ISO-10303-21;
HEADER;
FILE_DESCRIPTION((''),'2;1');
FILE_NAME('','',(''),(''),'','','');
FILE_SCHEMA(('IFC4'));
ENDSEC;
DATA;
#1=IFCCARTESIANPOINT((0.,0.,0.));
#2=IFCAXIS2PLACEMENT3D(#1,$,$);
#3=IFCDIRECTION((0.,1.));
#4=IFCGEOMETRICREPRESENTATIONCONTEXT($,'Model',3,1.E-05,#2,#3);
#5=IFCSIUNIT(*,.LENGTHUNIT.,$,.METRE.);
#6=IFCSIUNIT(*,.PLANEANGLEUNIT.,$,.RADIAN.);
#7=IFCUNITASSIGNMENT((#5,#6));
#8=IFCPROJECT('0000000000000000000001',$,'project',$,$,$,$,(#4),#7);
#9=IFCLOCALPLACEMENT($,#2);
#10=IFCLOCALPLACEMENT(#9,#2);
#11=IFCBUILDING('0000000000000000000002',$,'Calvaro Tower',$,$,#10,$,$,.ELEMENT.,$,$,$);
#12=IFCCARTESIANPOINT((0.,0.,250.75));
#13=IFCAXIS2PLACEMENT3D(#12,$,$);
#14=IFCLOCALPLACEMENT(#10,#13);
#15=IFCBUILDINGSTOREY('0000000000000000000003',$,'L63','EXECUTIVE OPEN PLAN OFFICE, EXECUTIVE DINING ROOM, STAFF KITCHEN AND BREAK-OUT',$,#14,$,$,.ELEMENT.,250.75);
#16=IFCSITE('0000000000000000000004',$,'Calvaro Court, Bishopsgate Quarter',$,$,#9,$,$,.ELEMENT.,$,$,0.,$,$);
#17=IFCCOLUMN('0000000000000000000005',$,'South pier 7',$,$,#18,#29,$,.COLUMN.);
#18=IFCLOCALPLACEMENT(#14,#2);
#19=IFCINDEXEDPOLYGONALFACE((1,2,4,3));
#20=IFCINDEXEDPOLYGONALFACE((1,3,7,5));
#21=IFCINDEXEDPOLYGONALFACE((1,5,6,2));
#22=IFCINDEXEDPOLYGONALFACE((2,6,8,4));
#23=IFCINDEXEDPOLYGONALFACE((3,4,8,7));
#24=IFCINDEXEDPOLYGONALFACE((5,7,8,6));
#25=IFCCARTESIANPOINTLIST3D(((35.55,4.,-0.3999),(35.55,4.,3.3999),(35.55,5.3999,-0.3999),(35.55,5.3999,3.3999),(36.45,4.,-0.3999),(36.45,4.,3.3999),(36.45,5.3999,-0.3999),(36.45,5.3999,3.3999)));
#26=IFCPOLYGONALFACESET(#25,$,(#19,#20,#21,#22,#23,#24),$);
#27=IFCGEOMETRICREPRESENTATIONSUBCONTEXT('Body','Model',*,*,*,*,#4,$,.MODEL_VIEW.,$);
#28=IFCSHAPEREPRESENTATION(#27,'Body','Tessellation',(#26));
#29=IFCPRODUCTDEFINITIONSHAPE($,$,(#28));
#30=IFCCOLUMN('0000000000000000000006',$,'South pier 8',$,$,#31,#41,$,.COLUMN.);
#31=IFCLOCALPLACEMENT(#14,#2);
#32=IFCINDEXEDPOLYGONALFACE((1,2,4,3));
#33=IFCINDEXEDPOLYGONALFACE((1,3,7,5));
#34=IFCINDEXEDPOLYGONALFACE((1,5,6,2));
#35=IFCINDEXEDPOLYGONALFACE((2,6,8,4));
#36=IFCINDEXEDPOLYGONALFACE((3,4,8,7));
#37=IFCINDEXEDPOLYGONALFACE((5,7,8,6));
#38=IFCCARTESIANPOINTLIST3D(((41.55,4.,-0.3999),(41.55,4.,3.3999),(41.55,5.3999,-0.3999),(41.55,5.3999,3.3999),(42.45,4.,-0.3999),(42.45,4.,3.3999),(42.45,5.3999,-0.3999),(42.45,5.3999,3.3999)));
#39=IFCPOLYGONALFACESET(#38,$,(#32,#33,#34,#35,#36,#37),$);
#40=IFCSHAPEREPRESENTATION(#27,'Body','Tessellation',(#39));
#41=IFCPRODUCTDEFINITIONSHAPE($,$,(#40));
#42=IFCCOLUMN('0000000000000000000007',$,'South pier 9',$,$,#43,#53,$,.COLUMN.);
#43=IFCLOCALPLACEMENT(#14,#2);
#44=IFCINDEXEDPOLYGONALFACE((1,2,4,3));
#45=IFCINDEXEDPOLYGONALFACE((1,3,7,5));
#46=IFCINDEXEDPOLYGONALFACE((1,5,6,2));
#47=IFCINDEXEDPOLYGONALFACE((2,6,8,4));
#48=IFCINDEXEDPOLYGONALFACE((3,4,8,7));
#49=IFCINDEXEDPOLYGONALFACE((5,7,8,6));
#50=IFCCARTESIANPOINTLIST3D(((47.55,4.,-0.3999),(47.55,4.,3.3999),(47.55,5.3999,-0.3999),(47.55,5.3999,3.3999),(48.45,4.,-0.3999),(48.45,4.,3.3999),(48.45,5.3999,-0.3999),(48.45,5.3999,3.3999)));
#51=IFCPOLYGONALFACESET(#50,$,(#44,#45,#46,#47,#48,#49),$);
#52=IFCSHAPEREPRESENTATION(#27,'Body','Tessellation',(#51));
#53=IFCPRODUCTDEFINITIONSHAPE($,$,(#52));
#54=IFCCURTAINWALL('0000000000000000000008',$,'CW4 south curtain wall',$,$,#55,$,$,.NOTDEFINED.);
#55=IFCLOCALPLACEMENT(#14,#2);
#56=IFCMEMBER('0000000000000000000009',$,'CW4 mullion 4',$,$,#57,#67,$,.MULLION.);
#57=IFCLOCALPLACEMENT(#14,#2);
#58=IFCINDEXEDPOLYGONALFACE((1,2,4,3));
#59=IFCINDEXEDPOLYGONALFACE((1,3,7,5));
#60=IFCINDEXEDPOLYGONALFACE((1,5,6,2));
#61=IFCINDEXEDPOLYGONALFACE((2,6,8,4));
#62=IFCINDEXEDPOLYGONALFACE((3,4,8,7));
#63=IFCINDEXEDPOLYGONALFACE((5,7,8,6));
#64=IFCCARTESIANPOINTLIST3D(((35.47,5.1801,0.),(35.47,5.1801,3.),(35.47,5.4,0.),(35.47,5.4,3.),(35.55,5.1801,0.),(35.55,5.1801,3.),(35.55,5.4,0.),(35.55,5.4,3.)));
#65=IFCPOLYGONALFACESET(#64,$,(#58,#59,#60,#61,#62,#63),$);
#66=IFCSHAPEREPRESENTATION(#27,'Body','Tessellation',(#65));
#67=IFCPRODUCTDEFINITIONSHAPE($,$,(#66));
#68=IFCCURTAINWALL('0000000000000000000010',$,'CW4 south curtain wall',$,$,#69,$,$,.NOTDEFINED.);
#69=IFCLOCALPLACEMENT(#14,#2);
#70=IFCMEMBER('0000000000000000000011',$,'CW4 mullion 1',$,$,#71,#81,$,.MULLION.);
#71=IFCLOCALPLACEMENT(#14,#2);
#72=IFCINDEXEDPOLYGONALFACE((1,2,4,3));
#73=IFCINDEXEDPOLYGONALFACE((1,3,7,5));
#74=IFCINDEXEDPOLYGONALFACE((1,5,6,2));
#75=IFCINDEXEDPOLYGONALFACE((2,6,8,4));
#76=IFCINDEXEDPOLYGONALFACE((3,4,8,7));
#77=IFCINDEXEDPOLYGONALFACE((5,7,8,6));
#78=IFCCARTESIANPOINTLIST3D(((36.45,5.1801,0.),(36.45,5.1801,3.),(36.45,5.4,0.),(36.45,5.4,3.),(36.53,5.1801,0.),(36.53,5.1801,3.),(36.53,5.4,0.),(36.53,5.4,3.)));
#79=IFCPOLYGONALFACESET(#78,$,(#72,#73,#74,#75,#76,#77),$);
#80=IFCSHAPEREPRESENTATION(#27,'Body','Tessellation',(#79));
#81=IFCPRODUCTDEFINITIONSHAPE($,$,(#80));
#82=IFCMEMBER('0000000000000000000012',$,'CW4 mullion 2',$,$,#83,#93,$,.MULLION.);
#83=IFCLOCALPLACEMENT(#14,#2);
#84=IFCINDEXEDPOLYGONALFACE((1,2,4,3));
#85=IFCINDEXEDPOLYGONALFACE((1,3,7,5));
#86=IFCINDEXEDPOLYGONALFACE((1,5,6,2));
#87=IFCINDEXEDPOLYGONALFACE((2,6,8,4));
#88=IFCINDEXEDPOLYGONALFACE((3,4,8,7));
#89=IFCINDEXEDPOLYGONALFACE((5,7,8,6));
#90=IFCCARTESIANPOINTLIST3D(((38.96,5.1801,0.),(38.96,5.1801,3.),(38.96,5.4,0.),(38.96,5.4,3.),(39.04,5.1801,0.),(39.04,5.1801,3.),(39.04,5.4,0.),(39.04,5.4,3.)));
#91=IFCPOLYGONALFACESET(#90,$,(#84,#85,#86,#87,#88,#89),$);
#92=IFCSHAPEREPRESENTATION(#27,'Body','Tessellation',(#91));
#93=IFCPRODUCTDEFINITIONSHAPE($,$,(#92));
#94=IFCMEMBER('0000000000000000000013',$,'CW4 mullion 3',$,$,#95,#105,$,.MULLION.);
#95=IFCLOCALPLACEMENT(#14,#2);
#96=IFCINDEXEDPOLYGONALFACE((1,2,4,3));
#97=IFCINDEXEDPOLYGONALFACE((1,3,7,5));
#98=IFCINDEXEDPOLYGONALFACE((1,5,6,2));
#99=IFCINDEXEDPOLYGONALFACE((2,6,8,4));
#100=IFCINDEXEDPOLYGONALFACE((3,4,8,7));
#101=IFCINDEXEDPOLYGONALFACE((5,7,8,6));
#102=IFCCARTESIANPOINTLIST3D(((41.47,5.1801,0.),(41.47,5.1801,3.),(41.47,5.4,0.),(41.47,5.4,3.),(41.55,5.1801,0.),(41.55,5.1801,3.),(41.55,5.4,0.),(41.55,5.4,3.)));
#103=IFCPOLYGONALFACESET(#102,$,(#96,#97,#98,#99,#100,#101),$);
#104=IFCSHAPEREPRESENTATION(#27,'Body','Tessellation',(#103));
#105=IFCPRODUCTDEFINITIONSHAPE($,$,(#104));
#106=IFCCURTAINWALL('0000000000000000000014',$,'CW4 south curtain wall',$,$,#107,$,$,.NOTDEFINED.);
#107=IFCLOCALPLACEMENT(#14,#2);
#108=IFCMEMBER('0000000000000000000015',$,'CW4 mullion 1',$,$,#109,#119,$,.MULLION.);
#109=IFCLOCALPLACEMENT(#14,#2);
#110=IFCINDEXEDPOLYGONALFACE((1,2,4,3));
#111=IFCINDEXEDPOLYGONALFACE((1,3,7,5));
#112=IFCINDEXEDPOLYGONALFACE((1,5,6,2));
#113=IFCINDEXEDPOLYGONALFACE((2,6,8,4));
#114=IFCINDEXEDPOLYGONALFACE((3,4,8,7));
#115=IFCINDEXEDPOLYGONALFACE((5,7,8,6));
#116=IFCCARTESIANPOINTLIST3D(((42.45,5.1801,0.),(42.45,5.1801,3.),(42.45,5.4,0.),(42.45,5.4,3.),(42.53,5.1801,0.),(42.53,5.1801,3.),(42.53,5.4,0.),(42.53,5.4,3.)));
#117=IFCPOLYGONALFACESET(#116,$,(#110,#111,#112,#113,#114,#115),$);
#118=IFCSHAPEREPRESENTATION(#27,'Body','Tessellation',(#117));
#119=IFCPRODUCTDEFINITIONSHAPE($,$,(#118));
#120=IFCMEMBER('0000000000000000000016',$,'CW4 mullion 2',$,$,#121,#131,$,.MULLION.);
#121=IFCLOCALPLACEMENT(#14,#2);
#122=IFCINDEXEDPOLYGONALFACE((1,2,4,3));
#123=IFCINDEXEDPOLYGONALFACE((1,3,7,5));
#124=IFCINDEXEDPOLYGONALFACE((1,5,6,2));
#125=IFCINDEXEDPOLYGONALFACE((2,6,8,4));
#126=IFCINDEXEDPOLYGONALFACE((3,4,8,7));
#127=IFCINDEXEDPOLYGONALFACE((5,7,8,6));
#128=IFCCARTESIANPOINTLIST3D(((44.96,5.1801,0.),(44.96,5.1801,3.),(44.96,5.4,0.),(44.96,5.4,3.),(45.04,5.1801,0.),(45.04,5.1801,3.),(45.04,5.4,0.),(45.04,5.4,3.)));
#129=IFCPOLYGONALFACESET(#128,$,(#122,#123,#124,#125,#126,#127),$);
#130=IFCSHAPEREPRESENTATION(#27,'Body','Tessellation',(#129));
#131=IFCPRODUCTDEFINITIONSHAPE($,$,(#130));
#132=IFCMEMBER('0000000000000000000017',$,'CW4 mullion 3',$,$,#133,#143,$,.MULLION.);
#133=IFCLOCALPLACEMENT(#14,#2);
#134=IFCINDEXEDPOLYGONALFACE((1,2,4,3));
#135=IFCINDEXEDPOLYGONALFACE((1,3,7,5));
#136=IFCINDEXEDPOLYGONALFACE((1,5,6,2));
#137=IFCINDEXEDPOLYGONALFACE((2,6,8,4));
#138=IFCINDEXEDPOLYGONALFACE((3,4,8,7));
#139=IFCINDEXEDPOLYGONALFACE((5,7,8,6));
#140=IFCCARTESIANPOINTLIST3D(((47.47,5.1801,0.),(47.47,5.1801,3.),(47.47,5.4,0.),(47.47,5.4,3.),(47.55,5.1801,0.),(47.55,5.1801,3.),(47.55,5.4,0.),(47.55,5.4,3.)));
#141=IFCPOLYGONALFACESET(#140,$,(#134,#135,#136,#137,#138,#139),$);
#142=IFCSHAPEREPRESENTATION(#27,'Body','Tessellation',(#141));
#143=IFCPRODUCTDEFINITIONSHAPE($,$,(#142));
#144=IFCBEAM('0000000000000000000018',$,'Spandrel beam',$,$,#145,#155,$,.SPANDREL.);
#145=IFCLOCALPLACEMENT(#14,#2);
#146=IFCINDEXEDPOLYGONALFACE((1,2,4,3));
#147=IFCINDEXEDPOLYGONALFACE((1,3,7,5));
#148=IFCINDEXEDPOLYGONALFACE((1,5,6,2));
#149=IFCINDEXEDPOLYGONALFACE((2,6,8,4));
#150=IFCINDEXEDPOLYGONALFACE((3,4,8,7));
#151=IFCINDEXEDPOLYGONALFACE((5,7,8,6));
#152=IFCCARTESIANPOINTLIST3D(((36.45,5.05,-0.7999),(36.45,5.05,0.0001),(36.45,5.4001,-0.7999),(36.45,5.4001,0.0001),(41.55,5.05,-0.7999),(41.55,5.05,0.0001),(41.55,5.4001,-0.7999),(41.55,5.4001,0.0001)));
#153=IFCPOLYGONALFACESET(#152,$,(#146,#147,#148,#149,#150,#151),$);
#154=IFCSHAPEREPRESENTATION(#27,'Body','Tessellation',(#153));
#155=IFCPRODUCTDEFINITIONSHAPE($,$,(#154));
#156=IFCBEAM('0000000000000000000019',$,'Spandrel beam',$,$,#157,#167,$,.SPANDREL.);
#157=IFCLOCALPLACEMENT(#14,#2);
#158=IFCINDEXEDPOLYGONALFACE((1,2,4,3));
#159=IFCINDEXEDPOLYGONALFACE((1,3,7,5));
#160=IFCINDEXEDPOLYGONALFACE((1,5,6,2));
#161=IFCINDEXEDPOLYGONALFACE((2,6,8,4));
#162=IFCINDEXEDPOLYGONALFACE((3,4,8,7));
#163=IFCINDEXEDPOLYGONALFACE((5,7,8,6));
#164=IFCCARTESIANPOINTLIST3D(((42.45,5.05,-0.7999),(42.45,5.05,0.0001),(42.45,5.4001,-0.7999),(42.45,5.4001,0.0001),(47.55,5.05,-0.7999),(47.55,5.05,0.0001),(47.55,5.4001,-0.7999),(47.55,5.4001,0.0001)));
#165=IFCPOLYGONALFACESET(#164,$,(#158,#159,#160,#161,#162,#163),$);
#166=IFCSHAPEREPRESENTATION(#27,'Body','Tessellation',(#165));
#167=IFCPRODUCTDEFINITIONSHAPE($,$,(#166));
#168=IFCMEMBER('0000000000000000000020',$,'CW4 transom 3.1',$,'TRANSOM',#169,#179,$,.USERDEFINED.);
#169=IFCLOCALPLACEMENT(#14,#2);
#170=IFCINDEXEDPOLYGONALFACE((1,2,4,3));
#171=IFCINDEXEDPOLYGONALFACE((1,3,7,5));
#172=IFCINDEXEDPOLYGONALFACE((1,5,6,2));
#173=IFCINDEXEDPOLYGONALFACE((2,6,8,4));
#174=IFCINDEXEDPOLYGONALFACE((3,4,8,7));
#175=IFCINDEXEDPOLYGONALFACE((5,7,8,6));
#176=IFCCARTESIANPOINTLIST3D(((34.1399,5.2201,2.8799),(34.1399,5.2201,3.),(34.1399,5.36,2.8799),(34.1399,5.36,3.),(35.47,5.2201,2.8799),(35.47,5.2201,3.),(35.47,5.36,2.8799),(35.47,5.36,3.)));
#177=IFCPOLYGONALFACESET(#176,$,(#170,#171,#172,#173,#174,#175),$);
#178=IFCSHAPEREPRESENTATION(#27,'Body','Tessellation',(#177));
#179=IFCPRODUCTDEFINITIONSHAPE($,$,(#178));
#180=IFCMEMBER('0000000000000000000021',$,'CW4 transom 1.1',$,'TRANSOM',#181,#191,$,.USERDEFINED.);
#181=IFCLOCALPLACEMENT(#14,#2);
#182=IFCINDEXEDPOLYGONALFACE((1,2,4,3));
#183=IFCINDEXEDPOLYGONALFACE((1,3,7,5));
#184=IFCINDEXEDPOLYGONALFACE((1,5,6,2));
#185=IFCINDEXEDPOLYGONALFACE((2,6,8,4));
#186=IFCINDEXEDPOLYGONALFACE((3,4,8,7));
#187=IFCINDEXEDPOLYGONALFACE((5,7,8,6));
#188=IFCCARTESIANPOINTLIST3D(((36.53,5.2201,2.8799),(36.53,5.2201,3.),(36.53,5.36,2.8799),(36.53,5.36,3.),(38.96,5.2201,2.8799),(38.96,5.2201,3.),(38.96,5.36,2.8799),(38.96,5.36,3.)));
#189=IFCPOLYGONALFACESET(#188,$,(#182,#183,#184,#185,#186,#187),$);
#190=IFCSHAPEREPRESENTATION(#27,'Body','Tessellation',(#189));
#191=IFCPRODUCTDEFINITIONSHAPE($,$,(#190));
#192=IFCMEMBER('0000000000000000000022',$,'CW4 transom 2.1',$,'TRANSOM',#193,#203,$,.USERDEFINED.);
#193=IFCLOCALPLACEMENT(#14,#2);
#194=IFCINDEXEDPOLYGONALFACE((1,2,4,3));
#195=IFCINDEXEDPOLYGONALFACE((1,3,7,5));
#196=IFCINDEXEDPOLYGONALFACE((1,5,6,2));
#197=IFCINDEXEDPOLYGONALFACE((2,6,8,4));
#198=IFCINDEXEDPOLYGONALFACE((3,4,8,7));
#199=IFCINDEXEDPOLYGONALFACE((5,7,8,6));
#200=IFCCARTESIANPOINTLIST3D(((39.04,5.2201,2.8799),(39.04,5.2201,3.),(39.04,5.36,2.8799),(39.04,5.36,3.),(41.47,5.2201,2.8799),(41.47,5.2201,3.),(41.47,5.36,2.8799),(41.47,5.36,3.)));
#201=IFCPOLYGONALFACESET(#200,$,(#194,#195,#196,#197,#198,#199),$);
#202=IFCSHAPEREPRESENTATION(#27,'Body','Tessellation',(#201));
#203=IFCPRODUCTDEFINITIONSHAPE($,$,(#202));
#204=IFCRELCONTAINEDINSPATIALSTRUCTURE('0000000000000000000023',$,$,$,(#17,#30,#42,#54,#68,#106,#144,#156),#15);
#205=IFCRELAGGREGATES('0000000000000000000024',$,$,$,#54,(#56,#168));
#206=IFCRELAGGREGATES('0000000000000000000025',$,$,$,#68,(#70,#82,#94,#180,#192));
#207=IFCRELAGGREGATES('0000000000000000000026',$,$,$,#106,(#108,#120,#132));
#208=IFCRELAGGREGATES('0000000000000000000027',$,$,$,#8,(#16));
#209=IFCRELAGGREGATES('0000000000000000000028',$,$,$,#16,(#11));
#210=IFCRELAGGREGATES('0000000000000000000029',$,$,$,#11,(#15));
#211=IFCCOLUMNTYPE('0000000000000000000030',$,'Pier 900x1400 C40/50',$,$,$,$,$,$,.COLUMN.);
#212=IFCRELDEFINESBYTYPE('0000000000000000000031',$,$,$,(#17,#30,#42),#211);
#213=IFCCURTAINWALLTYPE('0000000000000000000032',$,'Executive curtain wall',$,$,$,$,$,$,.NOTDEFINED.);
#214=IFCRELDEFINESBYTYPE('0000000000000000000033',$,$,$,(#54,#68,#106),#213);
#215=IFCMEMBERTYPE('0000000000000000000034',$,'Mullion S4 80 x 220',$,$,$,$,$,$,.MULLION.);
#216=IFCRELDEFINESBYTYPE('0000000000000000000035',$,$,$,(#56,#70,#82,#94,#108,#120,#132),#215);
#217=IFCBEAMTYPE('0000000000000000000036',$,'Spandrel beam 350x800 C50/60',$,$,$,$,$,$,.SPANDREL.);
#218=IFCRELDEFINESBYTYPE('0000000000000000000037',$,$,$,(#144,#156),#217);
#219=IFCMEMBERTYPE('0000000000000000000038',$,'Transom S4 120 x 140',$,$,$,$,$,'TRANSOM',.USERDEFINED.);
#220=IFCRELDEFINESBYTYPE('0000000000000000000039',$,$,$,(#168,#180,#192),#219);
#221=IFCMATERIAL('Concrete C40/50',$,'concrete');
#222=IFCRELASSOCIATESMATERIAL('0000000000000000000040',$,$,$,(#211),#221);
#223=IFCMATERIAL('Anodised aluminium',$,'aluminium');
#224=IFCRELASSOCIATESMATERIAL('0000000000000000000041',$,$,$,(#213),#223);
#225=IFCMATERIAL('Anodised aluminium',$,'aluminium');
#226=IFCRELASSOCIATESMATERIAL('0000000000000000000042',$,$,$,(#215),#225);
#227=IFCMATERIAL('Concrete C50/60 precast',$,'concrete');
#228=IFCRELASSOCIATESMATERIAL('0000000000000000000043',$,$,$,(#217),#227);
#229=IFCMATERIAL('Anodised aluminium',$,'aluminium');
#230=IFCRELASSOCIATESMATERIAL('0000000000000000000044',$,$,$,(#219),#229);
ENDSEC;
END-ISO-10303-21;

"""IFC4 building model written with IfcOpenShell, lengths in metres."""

from ifc_helpers import new_model, si_unit, direction, frame, origin, origin_2d, place, context, subcontext, project, spatial, rectangle, extrude, material, material_profile, profile_set, type_object, element, aggregate, save


model = new_model("IFC4")

# Units and contexts
model_context = context("Model", 3, precision=1e-05, world=origin(), true_north=direction((0.0, 1.0)))
body_context = subcontext(model_context, "Body", "Model", "MODEL_VIEW")
ifc_project = project(units=[si_unit("LENGTHUNIT", "METRE"), si_unit("PLANEANGLEUNIT", "RADIAN")], contexts=[model_context])

# Site, building, storey
site_placement = place(None, origin())
site = spatial("IfcSite", under=ifc_project, at=site_placement, Name="Calvaro Court, Bishopsgate Quarter", CompositionType="ELEMENT", RefElevation=0.0)
building_placement = place(site_placement, origin())
building = spatial("IfcBuilding", under=site, at=building_placement, Name="Calvaro Tower", CompositionType="ELEMENT")
storey_placement = place(building_placement, frame((0.0, 0.0, 250.75)))
storey = spatial("IfcBuildingStorey", under=building, at=storey_placement, Name="L63", Description="EXECUTIVE OPEN PLAN OFFICE, EXECUTIVE DINING ROOM, STAFF KITCHEN AND BREAK-OUT", CompositionType="ELEMENT", Elevation=250.75)

# Columns
ifc_material_1 = material(Name="Concrete C40/50", Category="concrete")
ifc_material_profile_1 = material_profile(ifc_material_1, rectangle(XDim=0.8999, YDim=1.3999, at=origin_2d()), Name="RC 900x1400")
ifc_profile_set_1 = profile_set([ifc_material_profile_1], Name="Concrete C40/50")
column_type = type_object("IfcColumnType", Name="Pier 900x1400 C40/50", PredefinedType="COLUMN", material=ifc_profile_set_1)
for number, where, z_axis, x_axis, name in (
    (1, (36.0, 4.7, -0.3999), (0.0, 0.0, 1.0), (1.0, 0.0, 0.0), "South pier 7"),
    (2, (42.0, 4.7, -0.3999), (0.0, 0.0, 1.0), (1.0, 0.0, 0.0), "South pier 8"),
    (3, (48.0, 4.7, -0.3999), (0.0, 0.0, 1.0), (1.0, 0.0, 0.0), "South pier 9"),
):
    element("IfcColumn", number, at=place(storey_placement, frame(where, z_axis=z_axis, x_axis=x_axis)), inside=storey, type_object=column_type, Name=name, PredefinedType="COLUMN", context=body_context, shape_type="SweptSolid", body=[
        extrude(rectangle(XDim=0.8999, YDim=1.3999, at=origin_2d()), origin(), (0.0, 0.0, 1.0), 3.7998),
    ])

# Curtain wall, member
ifc_material_2 = material(Name="Anodised aluminium", Category="aluminium")
curtain_wall_type = type_object("IfcCurtainWallType", Name="Executive curtain wall", PredefinedType="NOTDEFINED", material=ifc_material_2)
curtain_wall_1_placement = place(storey_placement, origin())
curtain_wall_1 = element("IfcCurtainWall", 4, at=curtain_wall_1_placement, inside=storey, type_object=curtain_wall_type, Name="CW4 south curtain wall", PredefinedType="NOTDEFINED")
ifc_material_3 = material(Name="Anodised aluminium", Category="aluminium")
ifc_material_profile_2 = material_profile(ifc_material_3, rectangle(XDim=0.22, YDim=0.0801, at=origin_2d()), Name="Mullion S4 80 x 220")
ifc_profile_set_2 = profile_set([ifc_material_profile_2], Name="Anodised aluminium")
member_type_1 = type_object("IfcMemberType", Name="Mullion S4 80 x 220", PredefinedType="MULLION", material=ifc_profile_set_2)
member_1_placement = place(storey_placement, frame((35.51, 5.29, 0.0), z_axis=(0.0, 0.0, 1.0), x_axis=(0.0, 1.0, 0.0)))
member_1 = element("IfcMember", 5, at=member_1_placement, type_object=member_type_1, Name="CW4 mullion 4", PredefinedType="MULLION", context=body_context, shape_type="SweptSolid", body=[
    extrude(rectangle(XDim=0.22, YDim=0.0801, at=origin_2d()), origin(), (0.0, 0.0, 1.0), 3.0),
])

# Curtain walls, members
curtain_wall_2_placement = place(storey_placement, origin())
curtain_wall_2 = element("IfcCurtainWall", 6, at=curtain_wall_2_placement, inside=storey, type_object=curtain_wall_type, Name="CW4 south curtain wall", PredefinedType="NOTDEFINED")
member_2_placement = place(storey_placement, frame((36.49, 5.29, 0.0), z_axis=(0.0, 0.0, 1.0), x_axis=(0.0, 1.0, 0.0)))
member_2 = element("IfcMember", 7, at=member_2_placement, type_object=member_type_1, Name="CW4 mullion 1", PredefinedType="MULLION", context=body_context, shape_type="SweptSolid", body=[
    extrude(rectangle(XDim=0.22, YDim=0.0801, at=origin_2d()), origin(), (0.0, 0.0, 1.0), 3.0),
])
member_3_placement = place(storey_placement, frame((39.0, 5.29, 0.0), z_axis=(0.0, 0.0, 1.0), x_axis=(0.0, 1.0, 0.0)))
member_3 = element("IfcMember", 8, at=member_3_placement, type_object=member_type_1, Name="CW4 mullion 2", PredefinedType="MULLION", context=body_context, shape_type="SweptSolid", body=[
    extrude(rectangle(XDim=0.22, YDim=0.0801, at=origin_2d()), origin(), (0.0, 0.0, 1.0), 3.0),
])
member_4_placement = place(storey_placement, frame((41.51, 5.29, 0.0), z_axis=(0.0, 0.0, 1.0), x_axis=(0.0, 1.0, 0.0)))
member_4 = element("IfcMember", 9, at=member_4_placement, type_object=member_type_1, Name="CW4 mullion 3", PredefinedType="MULLION", context=body_context, shape_type="SweptSolid", body=[
    extrude(rectangle(XDim=0.22, YDim=0.0801, at=origin_2d()), origin(), (0.0, 0.0, 1.0), 3.0),
])
curtain_wall_3_placement = place(storey_placement, origin())
curtain_wall_3 = element("IfcCurtainWall", 10, at=curtain_wall_3_placement, inside=storey, type_object=curtain_wall_type, Name="CW4 south curtain wall", PredefinedType="NOTDEFINED")
member_5_placement = place(storey_placement, frame((42.49, 5.29, 0.0), z_axis=(0.0, 0.0, 1.0), x_axis=(0.0, 1.0, 0.0)))
member_5 = element("IfcMember", 11, at=member_5_placement, type_object=member_type_1, Name="CW4 mullion 1", PredefinedType="MULLION", context=body_context, shape_type="SweptSolid", body=[
    extrude(rectangle(XDim=0.22, YDim=0.0801, at=origin_2d()), origin(), (0.0, 0.0, 1.0), 3.0),
])
member_6_placement = place(storey_placement, frame((45.0, 5.29, 0.0), z_axis=(0.0, 0.0, 1.0), x_axis=(0.0, 1.0, 0.0)))
member_6 = element("IfcMember", 12, at=member_6_placement, type_object=member_type_1, Name="CW4 mullion 2", PredefinedType="MULLION", context=body_context, shape_type="SweptSolid", body=[
    extrude(rectangle(XDim=0.22, YDim=0.0801, at=origin_2d()), origin(), (0.0, 0.0, 1.0), 3.0),
])
member_7_placement = place(storey_placement, frame((47.51, 5.29, 0.0), z_axis=(0.0, 0.0, 1.0), x_axis=(0.0, 1.0, 0.0)))
member_7 = element("IfcMember", 13, at=member_7_placement, type_object=member_type_1, Name="CW4 mullion 3", PredefinedType="MULLION", context=body_context, shape_type="SweptSolid", body=[
    extrude(rectangle(XDim=0.22, YDim=0.0801, at=origin_2d()), origin(), (0.0, 0.0, 1.0), 3.0),
])

# Beams
ifc_material_4 = material(Name="Concrete C50/60 precast", Category="concrete")
ifc_material_profile_3 = material_profile(ifc_material_4, rectangle(XDim=0.3501, YDim=0.8, at=origin_2d()), Name="RC 350x800")
ifc_profile_set_3 = profile_set([ifc_material_profile_3], Name="Concrete C50/60 precast")
beam_type = type_object("IfcBeamType", Name="Spandrel beam 350x800 C50/60", PredefinedType="SPANDREL", material=ifc_profile_set_3)
for number, where, z_axis, x_axis, name in (
    (14, (36.45, 5.2251, -0.3999), (1.0, 0.0, 0.0), (0.0, 1.0, 0.0), "Spandrel beam"),
    (15, (42.45, 5.2251, -0.3999), (1.0, 0.0, 0.0), (0.0, 1.0, 0.0), "Spandrel beam"),
):
    element("IfcBeam", number, at=place(storey_placement, frame(where, z_axis=z_axis, x_axis=x_axis)), inside=storey, type_object=beam_type, Name=name, PredefinedType="SPANDREL", context=body_context, shape_type="SweptSolid", body=[
        extrude(rectangle(XDim=0.3501, YDim=0.8, at=origin_2d()), origin(), (0.0, 0.0, 1.0), 5.1001),
    ])

# Members
ifc_material_5 = material(Name="Anodised aluminium", Category="aluminium")
ifc_material_profile_4 = material_profile(ifc_material_5, rectangle(XDim=0.1399, YDim=0.1201, at=origin_2d()), Name="Transom S4 120 x 140")
ifc_profile_set_4 = profile_set([ifc_material_profile_4], Name="Anodised aluminium")
member_type_2 = type_object("IfcMemberType", Name="Transom S4 120 x 140", ElementType="TRANSOM", PredefinedType="USERDEFINED", material=ifc_profile_set_4)
member_8_placement = place(storey_placement, frame((34.1399, 5.29, 2.9399), z_axis=(1.0, 0.0, 0.0), x_axis=(0.0, 1.0, 0.0)))
member_8 = element("IfcMember", 16, at=member_8_placement, type_object=member_type_2, Name="CW4 transom 3.1", ObjectType="TRANSOM", PredefinedType="USERDEFINED", context=body_context, shape_type="SweptSolid", body=[
    extrude(rectangle(XDim=0.1399, YDim=0.1201, at=origin_2d()), origin(), (0.0, 0.0, 1.0), 1.3301),
])
member_9_placement = place(storey_placement, frame((36.53, 5.29, 2.9399), z_axis=(1.0, 0.0, 0.0), x_axis=(0.0, 1.0, 0.0)))
member_9 = element("IfcMember", 17, at=member_9_placement, type_object=member_type_2, Name="CW4 transom 1.1", ObjectType="TRANSOM", PredefinedType="USERDEFINED", context=body_context, shape_type="SweptSolid", body=[
    extrude(rectangle(XDim=0.1399, YDim=0.1201, at=origin_2d()), origin(), (0.0, 0.0, 1.0), 2.4299),
])
member_10_placement = place(storey_placement, frame((39.04, 5.29, 2.9399), z_axis=(1.0, 0.0, 0.0), x_axis=(0.0, 1.0, 0.0)))
member_10 = element("IfcMember", 18, at=member_10_placement, type_object=member_type_2, Name="CW4 transom 2.1", ObjectType="TRANSOM", PredefinedType="USERDEFINED", context=body_context, shape_type="SweptSolid", body=[
    extrude(rectangle(XDim=0.1399, YDim=0.1201, at=origin_2d()), origin(), (0.0, 0.0, 1.0), 2.4299),
])

aggregate(curtain_wall_1, [member_1, member_8])
aggregate(curtain_wall_2, [member_2, member_3, member_4, member_9, member_10])
aggregate(curtain_wall_3, [member_5, member_6, member_7])

save(model, "model.ifc")
